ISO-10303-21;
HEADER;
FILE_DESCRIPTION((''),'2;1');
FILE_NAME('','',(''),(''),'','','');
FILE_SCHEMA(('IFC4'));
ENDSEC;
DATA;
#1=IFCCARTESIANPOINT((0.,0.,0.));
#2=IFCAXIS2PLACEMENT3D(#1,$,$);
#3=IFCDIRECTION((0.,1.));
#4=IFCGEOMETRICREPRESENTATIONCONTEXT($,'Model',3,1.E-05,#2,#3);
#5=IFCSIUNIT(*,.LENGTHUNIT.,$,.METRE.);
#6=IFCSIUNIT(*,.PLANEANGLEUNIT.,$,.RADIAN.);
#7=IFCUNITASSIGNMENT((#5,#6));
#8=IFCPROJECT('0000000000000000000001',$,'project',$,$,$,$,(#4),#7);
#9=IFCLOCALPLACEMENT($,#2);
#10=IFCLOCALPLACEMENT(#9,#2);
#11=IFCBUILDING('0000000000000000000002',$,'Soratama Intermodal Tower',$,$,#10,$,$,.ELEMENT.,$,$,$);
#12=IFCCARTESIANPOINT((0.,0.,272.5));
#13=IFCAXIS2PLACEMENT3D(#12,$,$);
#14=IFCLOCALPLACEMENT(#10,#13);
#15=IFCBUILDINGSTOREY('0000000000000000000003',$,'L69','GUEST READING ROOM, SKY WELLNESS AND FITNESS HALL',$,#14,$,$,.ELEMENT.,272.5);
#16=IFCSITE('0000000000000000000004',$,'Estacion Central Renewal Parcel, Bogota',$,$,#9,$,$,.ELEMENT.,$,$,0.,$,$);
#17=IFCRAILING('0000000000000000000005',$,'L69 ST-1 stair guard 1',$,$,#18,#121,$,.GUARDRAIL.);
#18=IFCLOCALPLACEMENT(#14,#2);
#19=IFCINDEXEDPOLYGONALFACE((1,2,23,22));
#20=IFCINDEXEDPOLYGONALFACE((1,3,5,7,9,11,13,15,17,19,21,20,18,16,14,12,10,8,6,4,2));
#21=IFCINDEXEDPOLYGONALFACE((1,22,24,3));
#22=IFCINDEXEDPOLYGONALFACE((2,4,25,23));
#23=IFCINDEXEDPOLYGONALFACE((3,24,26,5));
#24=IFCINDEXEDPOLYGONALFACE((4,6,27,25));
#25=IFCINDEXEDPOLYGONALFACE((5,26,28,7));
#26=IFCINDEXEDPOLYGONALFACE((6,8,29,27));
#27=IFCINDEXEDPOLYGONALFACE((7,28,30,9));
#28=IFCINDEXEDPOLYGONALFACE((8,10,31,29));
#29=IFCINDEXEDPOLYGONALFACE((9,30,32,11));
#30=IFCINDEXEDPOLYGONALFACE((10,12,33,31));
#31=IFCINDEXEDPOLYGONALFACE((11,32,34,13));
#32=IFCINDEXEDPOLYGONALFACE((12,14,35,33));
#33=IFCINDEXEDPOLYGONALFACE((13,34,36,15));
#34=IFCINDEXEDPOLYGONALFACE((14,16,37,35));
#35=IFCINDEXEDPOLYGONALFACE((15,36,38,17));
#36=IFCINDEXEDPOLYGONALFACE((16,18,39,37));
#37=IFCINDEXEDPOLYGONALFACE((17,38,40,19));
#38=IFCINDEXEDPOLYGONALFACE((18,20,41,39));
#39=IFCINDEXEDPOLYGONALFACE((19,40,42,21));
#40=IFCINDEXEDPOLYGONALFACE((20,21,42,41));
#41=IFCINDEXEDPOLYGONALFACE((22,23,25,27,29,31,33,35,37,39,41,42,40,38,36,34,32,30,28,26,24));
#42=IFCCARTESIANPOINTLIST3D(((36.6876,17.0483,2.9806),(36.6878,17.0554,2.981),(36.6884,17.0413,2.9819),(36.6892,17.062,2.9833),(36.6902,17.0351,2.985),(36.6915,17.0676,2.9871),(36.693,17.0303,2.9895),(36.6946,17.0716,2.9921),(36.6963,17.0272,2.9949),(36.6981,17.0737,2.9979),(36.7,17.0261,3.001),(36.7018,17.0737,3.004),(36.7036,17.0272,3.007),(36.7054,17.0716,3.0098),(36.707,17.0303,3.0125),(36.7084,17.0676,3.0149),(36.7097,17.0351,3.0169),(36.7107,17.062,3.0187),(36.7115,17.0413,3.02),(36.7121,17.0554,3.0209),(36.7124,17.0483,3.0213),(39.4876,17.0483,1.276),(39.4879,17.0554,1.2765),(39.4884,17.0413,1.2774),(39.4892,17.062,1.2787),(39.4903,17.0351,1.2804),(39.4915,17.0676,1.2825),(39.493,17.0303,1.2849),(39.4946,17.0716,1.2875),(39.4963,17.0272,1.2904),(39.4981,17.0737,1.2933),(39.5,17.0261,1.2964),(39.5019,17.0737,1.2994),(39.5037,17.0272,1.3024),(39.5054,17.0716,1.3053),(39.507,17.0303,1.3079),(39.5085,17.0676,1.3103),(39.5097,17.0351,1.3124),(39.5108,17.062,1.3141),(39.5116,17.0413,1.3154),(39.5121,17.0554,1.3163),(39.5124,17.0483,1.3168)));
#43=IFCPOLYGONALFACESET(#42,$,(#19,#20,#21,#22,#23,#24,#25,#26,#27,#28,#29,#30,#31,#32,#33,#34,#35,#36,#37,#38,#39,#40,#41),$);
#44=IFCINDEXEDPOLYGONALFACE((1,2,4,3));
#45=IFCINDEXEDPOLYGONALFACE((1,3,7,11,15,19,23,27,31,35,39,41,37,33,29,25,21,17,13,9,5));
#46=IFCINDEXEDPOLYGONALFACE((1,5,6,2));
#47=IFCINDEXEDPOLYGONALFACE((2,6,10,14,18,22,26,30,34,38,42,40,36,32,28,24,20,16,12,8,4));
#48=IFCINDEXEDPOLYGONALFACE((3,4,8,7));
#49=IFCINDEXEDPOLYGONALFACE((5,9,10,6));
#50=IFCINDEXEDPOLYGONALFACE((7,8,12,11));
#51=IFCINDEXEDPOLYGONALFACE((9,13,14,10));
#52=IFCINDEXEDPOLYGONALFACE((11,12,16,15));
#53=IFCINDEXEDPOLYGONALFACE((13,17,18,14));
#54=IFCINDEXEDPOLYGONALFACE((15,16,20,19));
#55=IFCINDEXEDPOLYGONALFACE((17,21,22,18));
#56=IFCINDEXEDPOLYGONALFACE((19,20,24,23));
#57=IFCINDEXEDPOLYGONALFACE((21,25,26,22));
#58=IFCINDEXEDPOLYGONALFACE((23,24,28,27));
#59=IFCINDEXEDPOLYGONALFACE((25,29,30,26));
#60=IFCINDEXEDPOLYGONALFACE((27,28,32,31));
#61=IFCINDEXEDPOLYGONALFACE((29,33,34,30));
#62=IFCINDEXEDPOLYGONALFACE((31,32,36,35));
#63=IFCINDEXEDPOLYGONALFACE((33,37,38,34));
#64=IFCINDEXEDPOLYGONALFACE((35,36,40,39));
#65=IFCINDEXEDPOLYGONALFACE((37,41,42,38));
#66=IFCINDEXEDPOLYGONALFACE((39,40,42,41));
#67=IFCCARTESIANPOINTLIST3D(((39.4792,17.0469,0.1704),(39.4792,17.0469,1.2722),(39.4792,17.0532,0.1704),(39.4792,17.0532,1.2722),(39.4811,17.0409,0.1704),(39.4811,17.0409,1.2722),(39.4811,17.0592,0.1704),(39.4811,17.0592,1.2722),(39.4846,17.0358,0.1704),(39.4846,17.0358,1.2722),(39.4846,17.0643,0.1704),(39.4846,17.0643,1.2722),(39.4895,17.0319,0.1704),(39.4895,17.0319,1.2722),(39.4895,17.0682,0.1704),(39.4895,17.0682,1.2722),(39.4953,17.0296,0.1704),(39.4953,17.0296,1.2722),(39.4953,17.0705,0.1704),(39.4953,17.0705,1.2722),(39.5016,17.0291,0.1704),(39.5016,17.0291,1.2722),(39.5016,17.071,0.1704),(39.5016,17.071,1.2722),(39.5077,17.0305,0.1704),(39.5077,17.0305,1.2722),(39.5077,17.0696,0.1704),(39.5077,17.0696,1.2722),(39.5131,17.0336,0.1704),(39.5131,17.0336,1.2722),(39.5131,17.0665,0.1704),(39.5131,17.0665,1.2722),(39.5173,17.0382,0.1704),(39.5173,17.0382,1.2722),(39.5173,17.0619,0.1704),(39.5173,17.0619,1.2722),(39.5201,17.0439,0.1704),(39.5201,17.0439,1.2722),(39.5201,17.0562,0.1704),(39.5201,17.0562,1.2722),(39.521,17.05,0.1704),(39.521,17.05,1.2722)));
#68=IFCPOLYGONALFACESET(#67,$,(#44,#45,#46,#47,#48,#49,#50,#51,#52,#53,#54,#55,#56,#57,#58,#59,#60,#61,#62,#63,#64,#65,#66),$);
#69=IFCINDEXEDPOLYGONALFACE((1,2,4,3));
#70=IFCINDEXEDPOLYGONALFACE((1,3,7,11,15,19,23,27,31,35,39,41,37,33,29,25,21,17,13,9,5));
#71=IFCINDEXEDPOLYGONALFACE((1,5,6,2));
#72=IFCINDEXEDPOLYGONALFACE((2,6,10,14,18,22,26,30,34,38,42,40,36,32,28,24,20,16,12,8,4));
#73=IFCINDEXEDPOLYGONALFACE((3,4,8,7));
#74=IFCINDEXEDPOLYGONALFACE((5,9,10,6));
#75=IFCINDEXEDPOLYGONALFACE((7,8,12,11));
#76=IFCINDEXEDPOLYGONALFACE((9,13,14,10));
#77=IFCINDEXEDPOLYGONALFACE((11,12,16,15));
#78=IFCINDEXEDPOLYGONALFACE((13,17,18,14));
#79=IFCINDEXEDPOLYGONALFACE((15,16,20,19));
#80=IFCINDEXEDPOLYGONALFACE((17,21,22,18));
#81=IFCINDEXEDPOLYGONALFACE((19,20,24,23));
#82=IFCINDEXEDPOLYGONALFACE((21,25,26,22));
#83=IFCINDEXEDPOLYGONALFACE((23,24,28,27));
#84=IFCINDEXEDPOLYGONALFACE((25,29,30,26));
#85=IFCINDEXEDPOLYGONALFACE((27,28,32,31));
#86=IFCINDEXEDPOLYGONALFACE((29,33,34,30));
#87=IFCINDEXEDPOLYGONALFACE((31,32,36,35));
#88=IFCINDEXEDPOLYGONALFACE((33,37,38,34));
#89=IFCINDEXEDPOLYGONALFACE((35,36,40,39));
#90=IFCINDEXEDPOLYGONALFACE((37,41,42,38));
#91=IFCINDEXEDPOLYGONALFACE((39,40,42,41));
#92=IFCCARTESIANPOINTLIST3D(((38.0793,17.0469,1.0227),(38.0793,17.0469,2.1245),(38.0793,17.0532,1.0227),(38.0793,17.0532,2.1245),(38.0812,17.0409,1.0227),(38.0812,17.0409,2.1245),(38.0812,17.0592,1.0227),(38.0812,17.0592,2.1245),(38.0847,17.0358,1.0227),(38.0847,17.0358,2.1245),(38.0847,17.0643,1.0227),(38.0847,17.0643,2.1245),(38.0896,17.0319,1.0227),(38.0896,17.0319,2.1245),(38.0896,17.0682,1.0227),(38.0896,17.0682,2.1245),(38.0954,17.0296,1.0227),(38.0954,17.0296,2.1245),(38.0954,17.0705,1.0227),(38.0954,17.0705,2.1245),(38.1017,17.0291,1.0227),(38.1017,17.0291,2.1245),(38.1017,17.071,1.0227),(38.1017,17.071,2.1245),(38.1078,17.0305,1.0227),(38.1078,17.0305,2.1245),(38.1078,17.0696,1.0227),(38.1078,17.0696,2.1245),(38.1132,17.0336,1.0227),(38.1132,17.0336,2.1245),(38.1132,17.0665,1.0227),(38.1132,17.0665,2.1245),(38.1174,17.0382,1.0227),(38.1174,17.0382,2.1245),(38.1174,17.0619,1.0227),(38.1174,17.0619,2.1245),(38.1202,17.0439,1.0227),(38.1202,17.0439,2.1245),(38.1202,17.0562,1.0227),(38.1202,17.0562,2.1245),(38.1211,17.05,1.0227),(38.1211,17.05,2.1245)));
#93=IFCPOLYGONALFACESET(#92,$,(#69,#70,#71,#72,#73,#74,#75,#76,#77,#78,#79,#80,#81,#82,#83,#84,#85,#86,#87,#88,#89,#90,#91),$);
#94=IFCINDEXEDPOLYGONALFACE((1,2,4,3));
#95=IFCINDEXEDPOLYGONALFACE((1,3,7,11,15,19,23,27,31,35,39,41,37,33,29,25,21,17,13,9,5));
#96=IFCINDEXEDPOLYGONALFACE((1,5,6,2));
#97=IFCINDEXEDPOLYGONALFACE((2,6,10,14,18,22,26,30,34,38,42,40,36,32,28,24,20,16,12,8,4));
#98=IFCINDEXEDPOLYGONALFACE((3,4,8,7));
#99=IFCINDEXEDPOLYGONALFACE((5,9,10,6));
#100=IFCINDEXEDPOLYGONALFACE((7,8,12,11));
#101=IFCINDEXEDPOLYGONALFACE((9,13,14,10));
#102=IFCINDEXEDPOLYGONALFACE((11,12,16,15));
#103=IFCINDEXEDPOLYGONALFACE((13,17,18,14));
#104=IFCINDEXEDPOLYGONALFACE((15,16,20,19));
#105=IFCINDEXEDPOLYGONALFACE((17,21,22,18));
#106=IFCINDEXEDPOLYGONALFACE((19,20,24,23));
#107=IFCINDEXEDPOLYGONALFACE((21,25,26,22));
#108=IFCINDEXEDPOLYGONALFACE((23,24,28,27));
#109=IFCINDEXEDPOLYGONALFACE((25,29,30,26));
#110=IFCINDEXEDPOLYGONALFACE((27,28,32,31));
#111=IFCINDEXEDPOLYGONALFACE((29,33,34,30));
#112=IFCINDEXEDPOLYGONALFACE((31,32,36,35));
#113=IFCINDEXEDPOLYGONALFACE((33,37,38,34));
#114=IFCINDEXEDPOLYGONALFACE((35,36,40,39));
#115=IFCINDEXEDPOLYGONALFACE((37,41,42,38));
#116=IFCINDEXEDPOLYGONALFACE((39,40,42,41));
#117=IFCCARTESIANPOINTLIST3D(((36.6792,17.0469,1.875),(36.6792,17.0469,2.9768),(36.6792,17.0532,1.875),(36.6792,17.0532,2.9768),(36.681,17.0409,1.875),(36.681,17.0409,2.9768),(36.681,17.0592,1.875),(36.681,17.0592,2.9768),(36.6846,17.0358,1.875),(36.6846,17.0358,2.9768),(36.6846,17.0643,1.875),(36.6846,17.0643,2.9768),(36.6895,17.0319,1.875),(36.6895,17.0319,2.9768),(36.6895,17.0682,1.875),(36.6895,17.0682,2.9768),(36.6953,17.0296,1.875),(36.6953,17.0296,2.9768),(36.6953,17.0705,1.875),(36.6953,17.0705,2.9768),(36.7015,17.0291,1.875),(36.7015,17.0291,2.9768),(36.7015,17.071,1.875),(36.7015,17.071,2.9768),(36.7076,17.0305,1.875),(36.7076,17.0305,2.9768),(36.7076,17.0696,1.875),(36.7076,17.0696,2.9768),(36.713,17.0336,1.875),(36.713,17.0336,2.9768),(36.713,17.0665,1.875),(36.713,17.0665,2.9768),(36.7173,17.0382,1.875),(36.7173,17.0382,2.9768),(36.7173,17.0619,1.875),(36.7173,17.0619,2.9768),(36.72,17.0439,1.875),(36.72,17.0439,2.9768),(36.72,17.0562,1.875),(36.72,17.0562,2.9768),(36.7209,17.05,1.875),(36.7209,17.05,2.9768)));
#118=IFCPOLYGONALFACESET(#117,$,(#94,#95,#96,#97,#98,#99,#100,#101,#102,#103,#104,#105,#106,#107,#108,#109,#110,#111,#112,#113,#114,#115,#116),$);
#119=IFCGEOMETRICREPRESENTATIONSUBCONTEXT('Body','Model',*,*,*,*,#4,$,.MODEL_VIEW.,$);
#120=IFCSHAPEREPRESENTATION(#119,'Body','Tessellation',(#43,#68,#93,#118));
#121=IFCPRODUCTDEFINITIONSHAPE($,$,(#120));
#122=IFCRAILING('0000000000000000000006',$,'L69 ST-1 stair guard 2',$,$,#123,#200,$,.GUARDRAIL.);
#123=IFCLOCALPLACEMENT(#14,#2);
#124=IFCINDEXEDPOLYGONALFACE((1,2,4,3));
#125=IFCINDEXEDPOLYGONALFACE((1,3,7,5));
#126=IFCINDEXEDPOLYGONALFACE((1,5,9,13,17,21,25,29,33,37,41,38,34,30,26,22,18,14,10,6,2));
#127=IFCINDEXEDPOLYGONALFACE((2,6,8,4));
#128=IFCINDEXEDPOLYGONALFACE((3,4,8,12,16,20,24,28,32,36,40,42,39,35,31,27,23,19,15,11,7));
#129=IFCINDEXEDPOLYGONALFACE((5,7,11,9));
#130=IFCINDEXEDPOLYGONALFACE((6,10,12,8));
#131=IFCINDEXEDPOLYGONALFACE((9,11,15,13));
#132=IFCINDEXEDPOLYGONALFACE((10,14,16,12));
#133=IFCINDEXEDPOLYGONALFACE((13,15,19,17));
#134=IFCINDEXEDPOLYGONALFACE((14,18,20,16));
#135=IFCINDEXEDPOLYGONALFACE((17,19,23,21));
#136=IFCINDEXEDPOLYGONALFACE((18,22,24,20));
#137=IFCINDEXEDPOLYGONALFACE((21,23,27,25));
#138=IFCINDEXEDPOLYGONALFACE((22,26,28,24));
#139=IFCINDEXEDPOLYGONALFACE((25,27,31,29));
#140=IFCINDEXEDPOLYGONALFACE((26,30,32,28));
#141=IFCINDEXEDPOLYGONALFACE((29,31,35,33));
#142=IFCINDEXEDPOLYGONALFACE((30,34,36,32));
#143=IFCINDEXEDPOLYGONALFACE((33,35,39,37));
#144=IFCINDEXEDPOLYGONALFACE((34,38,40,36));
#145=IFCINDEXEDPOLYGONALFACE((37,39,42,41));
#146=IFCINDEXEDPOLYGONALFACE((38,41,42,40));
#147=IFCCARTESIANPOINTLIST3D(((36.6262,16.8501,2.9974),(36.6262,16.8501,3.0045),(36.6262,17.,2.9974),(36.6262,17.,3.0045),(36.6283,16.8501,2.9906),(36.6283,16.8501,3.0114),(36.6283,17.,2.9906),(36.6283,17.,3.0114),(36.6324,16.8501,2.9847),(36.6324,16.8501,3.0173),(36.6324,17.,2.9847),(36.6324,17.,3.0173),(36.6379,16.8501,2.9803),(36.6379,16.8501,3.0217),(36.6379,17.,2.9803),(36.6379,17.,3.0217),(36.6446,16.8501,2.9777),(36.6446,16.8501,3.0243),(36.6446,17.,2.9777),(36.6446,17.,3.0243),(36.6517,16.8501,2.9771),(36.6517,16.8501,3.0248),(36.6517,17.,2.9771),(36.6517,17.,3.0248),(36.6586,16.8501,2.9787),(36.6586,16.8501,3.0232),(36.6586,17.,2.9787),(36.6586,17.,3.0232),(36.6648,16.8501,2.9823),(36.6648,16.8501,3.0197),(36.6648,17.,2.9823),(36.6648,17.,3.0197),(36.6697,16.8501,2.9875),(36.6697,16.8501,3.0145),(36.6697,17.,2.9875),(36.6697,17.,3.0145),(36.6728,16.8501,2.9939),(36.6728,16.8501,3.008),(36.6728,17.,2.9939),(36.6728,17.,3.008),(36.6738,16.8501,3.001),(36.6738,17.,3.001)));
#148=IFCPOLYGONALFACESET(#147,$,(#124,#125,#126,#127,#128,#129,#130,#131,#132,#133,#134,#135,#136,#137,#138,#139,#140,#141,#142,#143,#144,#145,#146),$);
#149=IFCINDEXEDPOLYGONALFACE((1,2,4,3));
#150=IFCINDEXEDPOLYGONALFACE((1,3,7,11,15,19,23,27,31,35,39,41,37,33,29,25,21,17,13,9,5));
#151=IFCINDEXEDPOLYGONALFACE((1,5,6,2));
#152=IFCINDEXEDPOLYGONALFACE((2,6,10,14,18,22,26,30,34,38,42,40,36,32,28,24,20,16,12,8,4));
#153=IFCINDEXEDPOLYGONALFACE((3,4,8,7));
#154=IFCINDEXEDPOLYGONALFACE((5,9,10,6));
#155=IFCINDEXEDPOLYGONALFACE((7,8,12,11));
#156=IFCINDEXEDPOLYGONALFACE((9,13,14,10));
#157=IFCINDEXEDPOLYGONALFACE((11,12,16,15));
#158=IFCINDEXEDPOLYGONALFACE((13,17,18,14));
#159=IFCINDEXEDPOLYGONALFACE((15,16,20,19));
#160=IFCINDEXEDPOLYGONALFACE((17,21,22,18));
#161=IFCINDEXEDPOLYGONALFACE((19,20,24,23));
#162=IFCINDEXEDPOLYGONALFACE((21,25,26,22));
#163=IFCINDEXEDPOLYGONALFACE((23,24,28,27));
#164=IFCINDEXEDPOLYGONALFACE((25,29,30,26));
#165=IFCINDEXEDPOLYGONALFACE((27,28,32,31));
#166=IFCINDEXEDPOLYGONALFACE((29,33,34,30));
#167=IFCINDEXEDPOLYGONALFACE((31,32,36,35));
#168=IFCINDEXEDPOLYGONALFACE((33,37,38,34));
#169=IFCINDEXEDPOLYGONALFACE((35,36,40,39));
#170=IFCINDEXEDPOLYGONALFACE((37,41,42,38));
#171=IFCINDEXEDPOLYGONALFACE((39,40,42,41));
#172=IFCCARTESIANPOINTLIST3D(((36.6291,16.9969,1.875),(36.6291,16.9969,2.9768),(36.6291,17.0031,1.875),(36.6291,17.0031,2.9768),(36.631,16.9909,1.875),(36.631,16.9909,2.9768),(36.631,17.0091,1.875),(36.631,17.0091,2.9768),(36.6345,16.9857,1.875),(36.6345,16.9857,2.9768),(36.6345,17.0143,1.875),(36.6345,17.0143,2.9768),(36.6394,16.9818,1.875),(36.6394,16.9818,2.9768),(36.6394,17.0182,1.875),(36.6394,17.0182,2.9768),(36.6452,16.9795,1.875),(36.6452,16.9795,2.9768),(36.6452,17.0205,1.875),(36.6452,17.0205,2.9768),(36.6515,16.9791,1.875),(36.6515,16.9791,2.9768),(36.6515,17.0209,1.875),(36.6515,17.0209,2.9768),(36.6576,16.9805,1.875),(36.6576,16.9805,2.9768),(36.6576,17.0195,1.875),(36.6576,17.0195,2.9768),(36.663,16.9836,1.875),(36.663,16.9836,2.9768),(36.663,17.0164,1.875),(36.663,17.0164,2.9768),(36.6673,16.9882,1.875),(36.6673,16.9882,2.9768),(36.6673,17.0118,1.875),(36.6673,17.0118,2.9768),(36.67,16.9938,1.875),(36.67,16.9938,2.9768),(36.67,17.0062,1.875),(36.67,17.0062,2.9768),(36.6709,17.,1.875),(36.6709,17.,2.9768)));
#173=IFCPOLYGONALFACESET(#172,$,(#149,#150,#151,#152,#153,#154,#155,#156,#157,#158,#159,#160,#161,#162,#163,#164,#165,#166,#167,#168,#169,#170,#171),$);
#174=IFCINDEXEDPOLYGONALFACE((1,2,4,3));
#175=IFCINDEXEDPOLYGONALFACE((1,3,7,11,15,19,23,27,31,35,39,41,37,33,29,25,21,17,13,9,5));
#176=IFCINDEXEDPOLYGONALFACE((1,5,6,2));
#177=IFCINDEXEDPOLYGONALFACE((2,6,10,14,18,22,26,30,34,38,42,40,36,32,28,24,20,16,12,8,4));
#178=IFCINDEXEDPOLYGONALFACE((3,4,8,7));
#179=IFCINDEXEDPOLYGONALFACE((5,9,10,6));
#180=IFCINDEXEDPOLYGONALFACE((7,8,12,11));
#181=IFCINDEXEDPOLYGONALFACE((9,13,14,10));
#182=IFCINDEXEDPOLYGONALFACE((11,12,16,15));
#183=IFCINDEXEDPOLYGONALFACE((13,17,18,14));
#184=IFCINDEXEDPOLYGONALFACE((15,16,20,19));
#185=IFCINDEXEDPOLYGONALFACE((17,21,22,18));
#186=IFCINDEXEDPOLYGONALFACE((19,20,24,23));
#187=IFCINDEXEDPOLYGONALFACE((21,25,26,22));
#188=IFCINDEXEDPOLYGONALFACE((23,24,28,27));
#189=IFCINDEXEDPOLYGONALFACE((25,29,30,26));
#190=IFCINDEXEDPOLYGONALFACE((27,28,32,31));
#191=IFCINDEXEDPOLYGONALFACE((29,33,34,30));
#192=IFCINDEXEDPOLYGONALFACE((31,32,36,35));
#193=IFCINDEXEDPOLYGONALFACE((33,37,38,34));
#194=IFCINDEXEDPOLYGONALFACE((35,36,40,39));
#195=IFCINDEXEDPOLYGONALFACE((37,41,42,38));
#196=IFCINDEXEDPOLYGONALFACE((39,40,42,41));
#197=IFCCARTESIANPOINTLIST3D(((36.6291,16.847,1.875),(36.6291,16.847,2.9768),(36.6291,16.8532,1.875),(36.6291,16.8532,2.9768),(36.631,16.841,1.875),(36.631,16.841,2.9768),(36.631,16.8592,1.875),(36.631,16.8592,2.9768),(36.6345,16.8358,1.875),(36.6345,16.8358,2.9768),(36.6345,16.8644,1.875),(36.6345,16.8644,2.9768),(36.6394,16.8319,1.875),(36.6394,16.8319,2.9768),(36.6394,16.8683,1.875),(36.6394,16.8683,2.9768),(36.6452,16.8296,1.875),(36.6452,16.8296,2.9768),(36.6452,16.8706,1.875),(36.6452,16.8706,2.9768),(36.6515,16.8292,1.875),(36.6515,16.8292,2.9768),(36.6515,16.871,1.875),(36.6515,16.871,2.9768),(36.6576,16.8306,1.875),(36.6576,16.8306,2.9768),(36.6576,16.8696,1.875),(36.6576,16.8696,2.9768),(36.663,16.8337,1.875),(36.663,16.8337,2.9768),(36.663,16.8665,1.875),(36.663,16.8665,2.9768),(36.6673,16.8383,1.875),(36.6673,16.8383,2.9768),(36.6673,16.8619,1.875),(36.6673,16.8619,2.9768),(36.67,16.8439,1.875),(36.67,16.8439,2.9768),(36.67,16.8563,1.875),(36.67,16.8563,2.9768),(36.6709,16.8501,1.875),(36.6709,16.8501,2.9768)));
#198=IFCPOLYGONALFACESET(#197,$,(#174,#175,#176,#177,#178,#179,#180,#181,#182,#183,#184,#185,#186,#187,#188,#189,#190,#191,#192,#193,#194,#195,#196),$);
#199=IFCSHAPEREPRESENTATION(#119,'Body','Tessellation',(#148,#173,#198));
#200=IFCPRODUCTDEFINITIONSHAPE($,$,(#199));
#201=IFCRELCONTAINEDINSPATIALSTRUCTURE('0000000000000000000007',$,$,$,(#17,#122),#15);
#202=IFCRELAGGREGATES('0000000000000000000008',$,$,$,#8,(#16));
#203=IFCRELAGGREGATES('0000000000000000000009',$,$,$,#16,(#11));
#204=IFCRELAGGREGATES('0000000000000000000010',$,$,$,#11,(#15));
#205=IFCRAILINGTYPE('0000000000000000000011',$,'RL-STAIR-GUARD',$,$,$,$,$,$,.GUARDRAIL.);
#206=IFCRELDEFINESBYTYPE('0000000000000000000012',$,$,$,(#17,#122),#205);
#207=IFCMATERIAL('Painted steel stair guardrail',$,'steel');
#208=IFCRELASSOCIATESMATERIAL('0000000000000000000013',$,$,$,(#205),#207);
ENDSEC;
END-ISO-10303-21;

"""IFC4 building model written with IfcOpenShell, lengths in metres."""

from ifc_helpers import new_model, si_unit, direction, frame, origin, origin_2d, place, context, subcontext, project, spatial, circle, extrude, material, type_object, element, save


model = new_model("IFC4")

# Units and contexts
model_context = context("Model", 3, precision=1e-05, world=origin(), true_north=direction((0.0, 1.0)))
body_context = subcontext(model_context, "Body", "Model", "MODEL_VIEW")
ifc_project = project(units=[si_unit("LENGTHUNIT", "METRE"), si_unit("PLANEANGLEUNIT", "RADIAN")], contexts=[model_context])

# Site, building, storey
site_placement = place(None, origin())
site = spatial("IfcSite", under=ifc_project, at=site_placement, Name="Estacion Central Renewal Parcel, Bogota", CompositionType="ELEMENT", RefElevation=0.0)
building_placement = place(site_placement, origin())
building = spatial("IfcBuilding", under=site, at=building_placement, Name="Soratama Intermodal Tower", CompositionType="ELEMENT")
storey_placement = place(building_placement, frame((0.0, 0.0, 272.5)))
storey = spatial("IfcBuildingStorey", under=building, at=storey_placement, Name="L69", Description="GUEST READING ROOM, SKY WELLNESS AND FITNESS HALL", CompositionType="ELEMENT", Elevation=272.5)

# Railings
ifc_material_1 = material(Name="Painted steel stair guardrail", Category="steel")
railing_type_1 = type_object("IfcRailingType", Name="RL-STAIR-GUARD", PredefinedType="GUARDRAIL", material=ifc_material_1)
railing_1_placement = place(storey_placement, frame((39.5, 17.05, 0.1704)))
element("IfcRailing", 1, at=railing_1_placement, inside=storey, type_object=railing_type_1, Name="L69 ST-1 stair guard 1", PredefinedType="GUARDRAIL", context=body_context, shape_type="SweptSolid", body=[
    extrude(circle(Radius=0.0239, at=origin_2d()), frame((0.0, 0.0, 1.126), z_axis=(-0.85417, 0.0, 0.519994), x_axis=(0.0, -1.0, 0.0)), (0.0, 0.0, 1.0), 3.2781),
    extrude(circle(Radius=0.021, at=origin_2d()), origin(), (0.0, 0.0, 1.0), 1.1018),
    extrude(circle(Radius=0.021, at=origin_2d()), frame((-1.3999, 0.0, 0.8523)), (0.0, 0.0, 1.0), 1.1018),
    extrude(circle(Radius=0.021, at=origin_2d()), frame((-2.8, 0.0, 1.7046)), (0.0, 0.0, 1.0), 1.1018),
])
railing_2_placement = place(storey_placement, frame((36.6499, 17.0, 1.875)))
element("IfcRailing", 2, at=railing_2_placement, inside=storey, type_object=railing_type_1, Name="L69 ST-1 stair guard 2", PredefinedType="GUARDRAIL", context=body_context, shape_type="SweptSolid", body=[
    extrude(circle(Radius=0.0239, at=origin_2d()), frame((0.0, 0.0, 1.126), z_axis=(0.0, -1.0, 0.0), x_axis=(1.0, 0.0, 0.0)), (0.0, 0.0, 1.0), 0.1499),
    extrude(circle(Radius=0.021, at=origin_2d()), origin(), (0.0, 0.0, 1.0), 1.1018),
    extrude(circle(Radius=0.021, at=origin_2d()), frame((0.0, -0.1499, 0.0)), (0.0, 0.0, 1.0), 1.1018),
])

save(model, "model.ifc")
